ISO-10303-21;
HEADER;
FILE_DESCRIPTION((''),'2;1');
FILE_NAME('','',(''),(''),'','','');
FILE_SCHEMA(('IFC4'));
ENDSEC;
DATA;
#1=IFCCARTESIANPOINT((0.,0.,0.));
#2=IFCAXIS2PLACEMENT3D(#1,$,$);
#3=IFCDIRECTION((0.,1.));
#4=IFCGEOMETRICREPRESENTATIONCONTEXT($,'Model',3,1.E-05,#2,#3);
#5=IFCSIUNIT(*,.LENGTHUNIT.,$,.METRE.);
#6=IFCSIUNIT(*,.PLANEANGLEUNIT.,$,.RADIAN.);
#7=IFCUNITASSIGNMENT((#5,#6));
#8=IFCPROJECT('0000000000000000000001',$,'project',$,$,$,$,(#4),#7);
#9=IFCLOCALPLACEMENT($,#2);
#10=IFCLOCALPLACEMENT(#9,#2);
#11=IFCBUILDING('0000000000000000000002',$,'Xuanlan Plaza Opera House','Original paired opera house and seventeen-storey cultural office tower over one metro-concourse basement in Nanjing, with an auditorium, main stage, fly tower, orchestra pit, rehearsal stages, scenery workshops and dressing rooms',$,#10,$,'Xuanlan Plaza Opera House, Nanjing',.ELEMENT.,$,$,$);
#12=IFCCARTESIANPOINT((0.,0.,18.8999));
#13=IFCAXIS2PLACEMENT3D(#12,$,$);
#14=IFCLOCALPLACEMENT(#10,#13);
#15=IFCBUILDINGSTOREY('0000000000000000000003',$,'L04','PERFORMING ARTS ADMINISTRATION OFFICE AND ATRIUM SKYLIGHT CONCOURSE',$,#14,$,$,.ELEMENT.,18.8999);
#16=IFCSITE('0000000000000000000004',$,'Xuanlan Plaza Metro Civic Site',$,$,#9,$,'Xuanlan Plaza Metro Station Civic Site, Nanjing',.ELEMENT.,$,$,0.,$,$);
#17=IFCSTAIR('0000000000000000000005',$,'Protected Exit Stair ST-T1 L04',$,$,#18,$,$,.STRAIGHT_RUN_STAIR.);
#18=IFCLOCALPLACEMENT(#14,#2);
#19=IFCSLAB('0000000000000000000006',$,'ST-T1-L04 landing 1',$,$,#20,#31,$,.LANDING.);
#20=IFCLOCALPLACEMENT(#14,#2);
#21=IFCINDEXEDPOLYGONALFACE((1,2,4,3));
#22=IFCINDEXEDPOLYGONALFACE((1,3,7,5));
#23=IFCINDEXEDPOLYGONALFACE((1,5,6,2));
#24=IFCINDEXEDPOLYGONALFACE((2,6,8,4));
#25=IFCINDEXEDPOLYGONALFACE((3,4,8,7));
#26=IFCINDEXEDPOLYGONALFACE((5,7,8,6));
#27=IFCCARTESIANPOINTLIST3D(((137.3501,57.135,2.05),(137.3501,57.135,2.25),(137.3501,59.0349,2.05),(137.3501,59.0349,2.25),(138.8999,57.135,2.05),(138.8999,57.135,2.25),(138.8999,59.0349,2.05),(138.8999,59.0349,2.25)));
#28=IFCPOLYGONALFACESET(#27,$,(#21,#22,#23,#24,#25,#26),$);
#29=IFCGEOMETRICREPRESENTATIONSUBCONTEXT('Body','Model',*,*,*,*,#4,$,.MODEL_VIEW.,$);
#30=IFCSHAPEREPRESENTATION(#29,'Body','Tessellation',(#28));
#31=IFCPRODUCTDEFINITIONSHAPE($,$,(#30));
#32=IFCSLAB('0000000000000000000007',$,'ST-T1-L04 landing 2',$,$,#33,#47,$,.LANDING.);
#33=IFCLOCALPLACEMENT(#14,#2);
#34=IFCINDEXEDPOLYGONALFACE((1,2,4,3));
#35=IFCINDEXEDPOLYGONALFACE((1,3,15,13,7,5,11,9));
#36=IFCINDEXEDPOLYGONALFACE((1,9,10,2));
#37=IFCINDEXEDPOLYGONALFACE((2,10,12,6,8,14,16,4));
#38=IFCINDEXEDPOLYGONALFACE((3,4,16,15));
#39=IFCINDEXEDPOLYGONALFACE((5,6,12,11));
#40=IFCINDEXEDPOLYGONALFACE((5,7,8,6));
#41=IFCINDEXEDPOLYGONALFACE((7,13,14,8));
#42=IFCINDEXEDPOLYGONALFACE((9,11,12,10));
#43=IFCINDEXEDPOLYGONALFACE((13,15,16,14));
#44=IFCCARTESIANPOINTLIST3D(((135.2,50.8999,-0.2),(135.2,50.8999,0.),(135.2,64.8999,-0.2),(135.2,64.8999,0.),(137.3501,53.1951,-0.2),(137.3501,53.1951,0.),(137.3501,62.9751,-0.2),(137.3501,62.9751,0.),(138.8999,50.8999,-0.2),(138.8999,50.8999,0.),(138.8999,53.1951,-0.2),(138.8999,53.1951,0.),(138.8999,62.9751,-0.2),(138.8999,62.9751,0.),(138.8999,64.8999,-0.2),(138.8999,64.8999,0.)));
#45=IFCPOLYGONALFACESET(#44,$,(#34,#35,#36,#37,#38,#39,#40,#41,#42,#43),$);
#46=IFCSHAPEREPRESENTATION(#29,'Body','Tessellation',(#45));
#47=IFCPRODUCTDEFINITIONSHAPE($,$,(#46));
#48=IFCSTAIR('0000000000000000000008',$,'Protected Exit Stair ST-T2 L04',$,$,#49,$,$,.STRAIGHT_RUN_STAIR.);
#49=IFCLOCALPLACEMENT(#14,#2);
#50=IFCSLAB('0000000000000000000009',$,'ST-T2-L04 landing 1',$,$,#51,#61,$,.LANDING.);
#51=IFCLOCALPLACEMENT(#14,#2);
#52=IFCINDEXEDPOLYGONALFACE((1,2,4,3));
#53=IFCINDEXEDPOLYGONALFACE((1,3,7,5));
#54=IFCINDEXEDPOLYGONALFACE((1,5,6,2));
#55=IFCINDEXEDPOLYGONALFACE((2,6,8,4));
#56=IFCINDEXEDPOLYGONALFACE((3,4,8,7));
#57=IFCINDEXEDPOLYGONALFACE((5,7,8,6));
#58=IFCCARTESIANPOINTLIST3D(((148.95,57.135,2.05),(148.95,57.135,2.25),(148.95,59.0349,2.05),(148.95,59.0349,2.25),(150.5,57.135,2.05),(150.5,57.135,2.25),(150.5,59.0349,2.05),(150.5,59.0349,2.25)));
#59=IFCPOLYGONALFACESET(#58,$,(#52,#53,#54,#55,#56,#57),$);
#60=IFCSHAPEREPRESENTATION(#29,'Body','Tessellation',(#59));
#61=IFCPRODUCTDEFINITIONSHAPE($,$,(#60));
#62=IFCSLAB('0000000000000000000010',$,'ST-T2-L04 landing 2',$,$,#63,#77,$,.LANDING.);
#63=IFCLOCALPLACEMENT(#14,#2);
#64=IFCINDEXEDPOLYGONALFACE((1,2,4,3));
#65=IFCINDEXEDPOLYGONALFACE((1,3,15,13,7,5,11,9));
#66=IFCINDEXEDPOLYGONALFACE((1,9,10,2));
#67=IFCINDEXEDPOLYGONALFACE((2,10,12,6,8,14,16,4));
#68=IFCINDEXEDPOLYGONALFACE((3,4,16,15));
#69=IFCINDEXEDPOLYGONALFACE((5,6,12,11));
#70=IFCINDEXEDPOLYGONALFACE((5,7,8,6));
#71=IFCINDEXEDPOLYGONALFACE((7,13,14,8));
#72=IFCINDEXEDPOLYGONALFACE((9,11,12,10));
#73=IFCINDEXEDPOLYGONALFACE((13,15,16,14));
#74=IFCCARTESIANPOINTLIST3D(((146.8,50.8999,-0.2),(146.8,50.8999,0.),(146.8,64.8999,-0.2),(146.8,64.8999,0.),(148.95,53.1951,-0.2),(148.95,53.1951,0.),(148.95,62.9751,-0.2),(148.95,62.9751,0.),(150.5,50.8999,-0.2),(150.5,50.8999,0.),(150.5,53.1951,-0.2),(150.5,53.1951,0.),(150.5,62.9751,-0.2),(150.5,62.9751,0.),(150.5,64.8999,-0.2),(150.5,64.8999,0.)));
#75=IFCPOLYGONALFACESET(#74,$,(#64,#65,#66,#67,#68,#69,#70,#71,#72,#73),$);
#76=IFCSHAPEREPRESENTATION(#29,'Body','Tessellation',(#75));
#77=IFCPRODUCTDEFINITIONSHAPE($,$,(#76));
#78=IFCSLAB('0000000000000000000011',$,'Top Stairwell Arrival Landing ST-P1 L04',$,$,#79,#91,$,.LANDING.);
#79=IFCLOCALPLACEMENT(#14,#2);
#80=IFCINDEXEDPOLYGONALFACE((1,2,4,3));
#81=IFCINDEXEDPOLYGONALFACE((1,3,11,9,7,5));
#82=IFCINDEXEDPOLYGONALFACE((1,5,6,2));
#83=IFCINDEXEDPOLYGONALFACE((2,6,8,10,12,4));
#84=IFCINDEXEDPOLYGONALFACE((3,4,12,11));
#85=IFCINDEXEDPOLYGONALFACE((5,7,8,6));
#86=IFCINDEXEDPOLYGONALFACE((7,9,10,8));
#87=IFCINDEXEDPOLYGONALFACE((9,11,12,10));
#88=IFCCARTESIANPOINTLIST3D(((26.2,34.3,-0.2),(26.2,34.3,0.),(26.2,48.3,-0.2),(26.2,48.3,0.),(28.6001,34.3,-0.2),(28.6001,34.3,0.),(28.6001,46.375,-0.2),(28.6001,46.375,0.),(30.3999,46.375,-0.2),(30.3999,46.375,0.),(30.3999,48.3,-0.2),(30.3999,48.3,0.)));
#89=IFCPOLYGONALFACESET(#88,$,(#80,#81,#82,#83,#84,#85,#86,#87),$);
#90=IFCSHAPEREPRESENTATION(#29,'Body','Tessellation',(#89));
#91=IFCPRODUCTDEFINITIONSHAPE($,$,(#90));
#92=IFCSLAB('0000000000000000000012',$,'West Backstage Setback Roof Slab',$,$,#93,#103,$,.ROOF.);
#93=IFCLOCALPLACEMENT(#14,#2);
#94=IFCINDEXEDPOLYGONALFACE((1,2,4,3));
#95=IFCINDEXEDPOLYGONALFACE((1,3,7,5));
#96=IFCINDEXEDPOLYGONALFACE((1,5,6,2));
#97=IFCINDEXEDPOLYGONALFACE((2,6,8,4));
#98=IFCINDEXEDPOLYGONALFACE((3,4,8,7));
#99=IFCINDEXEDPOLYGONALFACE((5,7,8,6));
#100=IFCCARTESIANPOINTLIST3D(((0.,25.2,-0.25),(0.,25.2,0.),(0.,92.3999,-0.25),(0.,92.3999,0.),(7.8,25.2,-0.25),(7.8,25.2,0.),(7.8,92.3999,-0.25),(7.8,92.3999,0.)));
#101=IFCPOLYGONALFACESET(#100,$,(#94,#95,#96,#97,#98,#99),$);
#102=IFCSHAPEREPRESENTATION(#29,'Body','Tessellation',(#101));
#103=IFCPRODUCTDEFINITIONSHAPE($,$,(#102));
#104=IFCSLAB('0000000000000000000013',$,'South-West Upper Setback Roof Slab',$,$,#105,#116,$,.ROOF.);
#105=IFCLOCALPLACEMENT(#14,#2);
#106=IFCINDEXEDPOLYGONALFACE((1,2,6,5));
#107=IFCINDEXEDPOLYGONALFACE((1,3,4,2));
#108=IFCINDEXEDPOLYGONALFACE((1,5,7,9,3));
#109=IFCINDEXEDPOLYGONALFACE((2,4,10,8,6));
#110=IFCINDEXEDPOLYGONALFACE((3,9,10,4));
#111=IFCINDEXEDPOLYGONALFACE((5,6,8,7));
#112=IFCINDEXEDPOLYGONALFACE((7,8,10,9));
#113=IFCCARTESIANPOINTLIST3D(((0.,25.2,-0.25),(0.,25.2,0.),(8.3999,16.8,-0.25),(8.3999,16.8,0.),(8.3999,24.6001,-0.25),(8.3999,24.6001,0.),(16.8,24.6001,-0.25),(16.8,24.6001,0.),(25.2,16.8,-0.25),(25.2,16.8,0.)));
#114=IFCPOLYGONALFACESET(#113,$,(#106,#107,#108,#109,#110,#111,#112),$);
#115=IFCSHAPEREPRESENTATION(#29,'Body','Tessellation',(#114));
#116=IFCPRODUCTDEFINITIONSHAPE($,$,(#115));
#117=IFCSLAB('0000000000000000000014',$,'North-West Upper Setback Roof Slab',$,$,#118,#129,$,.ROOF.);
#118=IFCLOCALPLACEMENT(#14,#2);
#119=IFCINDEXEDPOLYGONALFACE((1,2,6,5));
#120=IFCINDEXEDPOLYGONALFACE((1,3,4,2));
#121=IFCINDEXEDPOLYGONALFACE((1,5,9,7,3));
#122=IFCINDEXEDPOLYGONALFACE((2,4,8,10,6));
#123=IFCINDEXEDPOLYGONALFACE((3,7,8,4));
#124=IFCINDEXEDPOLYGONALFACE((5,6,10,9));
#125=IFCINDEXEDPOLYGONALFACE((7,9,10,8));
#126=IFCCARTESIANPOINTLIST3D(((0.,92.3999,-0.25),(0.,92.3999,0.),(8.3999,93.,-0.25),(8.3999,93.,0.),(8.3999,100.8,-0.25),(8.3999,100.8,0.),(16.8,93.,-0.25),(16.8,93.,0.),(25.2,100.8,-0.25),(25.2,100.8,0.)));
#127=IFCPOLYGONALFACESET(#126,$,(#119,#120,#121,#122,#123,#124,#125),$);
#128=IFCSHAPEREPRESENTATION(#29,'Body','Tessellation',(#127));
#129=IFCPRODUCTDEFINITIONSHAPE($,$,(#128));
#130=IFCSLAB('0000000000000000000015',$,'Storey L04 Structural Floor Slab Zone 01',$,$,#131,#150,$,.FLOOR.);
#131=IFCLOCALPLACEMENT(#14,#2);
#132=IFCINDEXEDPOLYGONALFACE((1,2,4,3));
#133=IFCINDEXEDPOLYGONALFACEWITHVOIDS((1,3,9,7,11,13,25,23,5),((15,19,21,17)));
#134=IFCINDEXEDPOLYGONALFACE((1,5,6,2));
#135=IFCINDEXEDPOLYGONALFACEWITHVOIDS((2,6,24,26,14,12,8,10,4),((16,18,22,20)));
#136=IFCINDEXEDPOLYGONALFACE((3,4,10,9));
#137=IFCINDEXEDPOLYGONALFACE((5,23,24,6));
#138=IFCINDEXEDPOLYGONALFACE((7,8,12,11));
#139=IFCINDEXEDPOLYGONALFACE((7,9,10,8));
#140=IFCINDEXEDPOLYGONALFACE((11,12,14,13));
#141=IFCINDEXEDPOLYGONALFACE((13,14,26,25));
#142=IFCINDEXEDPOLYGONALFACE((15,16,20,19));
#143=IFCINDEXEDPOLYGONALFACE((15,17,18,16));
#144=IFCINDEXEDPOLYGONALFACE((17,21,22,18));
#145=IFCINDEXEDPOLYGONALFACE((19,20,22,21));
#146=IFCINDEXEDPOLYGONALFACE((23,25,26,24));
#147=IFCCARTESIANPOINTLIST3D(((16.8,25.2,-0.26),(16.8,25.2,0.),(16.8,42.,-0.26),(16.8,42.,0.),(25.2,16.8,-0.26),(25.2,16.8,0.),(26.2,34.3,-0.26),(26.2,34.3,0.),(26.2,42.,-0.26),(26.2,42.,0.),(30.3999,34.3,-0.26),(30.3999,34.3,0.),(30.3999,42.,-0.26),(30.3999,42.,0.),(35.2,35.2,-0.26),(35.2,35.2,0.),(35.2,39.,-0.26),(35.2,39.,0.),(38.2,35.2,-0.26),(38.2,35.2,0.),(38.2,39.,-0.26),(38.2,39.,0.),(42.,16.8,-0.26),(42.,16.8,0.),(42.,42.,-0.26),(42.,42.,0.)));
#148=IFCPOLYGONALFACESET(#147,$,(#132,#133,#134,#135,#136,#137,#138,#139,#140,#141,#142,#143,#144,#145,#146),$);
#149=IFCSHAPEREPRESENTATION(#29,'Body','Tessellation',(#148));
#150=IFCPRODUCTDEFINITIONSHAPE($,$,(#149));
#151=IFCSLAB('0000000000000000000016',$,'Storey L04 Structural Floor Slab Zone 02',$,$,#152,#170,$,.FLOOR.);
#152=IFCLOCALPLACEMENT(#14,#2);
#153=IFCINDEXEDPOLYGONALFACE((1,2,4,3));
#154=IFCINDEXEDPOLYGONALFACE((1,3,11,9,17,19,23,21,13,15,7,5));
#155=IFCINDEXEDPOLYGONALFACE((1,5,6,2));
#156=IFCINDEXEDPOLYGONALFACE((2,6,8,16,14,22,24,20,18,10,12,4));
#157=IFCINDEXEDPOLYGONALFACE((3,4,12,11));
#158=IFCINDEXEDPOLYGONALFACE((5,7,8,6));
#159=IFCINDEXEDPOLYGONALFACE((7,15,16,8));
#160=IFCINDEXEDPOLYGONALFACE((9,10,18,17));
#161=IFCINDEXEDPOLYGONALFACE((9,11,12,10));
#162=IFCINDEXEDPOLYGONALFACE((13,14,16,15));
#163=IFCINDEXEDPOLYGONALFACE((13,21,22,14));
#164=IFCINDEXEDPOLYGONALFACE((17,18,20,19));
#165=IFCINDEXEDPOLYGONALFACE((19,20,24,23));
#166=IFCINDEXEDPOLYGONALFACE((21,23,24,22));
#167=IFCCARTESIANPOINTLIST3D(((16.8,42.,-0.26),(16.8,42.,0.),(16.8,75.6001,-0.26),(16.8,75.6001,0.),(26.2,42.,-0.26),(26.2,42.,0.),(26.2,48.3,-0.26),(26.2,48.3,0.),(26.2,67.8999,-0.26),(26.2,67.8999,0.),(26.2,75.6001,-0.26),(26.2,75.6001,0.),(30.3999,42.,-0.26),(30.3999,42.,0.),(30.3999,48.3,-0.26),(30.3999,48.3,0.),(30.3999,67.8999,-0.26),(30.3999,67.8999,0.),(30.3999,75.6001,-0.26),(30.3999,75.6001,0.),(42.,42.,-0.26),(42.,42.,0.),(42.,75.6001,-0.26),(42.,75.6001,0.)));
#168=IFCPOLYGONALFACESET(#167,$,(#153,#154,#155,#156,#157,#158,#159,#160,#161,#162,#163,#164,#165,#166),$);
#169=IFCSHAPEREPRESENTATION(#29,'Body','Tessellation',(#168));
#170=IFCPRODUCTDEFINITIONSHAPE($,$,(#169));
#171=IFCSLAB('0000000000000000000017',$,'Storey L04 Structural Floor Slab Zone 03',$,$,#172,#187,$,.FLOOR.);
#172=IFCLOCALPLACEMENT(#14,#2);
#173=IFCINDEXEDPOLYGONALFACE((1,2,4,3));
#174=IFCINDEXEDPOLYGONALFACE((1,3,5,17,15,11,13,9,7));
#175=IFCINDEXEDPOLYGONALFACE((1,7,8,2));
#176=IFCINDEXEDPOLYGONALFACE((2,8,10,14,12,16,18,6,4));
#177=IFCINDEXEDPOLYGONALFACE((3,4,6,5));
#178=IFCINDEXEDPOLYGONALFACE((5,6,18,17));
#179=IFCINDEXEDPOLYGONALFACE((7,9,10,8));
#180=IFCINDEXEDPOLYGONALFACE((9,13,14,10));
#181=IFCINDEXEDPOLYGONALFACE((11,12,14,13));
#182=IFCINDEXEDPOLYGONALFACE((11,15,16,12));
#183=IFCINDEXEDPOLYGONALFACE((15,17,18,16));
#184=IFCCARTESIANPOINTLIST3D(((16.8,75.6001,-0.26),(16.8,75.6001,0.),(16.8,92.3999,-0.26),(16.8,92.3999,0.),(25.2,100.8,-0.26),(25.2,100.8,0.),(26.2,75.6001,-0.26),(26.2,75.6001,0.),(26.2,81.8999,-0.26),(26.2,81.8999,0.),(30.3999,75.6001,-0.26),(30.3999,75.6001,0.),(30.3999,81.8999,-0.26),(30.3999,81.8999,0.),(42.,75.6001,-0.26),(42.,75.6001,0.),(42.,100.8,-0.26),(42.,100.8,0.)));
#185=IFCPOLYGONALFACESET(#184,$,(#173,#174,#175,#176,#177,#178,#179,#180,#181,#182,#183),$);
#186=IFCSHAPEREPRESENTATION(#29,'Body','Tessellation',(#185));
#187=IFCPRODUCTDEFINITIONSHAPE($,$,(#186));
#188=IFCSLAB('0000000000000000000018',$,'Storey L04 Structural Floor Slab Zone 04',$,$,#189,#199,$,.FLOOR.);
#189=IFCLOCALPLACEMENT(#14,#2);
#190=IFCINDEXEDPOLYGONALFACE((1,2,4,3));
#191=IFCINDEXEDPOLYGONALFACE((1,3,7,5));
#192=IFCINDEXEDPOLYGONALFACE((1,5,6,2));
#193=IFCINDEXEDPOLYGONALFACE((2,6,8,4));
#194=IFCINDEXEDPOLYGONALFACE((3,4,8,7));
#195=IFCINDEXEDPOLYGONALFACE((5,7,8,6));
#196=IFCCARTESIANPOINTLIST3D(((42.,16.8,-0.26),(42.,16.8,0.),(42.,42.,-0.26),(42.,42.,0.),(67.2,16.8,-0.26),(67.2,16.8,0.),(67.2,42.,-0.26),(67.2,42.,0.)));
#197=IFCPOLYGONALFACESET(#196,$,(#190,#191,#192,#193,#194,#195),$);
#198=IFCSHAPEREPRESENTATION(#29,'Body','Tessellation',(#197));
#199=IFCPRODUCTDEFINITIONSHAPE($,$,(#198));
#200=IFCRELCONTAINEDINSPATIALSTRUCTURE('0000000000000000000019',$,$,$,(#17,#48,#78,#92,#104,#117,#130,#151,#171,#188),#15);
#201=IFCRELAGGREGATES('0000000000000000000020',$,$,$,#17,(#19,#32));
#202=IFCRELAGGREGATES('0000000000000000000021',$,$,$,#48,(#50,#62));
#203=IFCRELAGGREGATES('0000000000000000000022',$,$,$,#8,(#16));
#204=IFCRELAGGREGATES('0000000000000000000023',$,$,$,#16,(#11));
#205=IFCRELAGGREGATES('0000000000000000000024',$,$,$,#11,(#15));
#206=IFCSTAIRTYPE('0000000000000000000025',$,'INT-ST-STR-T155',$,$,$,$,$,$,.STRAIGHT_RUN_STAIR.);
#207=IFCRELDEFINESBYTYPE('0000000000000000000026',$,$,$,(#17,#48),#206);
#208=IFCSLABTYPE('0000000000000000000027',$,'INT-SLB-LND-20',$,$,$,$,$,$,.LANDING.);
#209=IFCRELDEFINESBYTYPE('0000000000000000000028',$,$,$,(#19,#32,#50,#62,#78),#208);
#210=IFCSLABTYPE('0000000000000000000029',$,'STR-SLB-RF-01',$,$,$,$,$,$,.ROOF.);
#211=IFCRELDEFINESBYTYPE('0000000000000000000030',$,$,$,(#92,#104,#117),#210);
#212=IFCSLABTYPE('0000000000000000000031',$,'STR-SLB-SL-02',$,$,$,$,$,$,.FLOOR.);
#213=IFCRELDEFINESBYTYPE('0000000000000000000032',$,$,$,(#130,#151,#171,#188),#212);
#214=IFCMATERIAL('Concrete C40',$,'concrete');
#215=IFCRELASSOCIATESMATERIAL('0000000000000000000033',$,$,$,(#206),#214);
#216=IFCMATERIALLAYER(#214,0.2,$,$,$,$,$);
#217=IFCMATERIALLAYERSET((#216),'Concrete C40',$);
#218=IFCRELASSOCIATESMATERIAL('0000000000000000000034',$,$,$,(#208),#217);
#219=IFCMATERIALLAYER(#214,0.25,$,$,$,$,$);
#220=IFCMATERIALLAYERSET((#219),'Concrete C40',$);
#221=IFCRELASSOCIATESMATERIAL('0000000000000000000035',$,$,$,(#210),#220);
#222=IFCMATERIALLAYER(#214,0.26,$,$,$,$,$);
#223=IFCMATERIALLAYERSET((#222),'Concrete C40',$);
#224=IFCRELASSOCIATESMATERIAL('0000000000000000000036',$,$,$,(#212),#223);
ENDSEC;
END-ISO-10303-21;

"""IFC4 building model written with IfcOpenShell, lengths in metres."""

from ifc_helpers import new_model, si_unit, direction, frame, origin, place, context, subcontext, project, spatial, polyline, outline, extrude, material, layer, layer_set, type_object, element, aggregate, save


model = new_model("IFC4")

# Units and contexts
model_context = context("Model", 3, precision=1e-05, world=origin(), true_north=direction((0.0, 1.0)))
body_context = subcontext(model_context, "Body", "Model", "MODEL_VIEW")
ifc_project = project(units=[si_unit("LENGTHUNIT", "METRE"), si_unit("PLANEANGLEUNIT", "RADIAN")], contexts=[model_context])

# Site, building, storey
site_placement = place(None, origin())
site = spatial("IfcSite", under=ifc_project, at=site_placement, Name="Xuanlan Plaza Metro Civic Site", LongName="Xuanlan Plaza Metro Station Civic Site, Nanjing", CompositionType="ELEMENT", RefElevation=0.0)
building_placement = place(site_placement, origin())
building = spatial("IfcBuilding", under=site, at=building_placement, Name="Xuanlan Plaza Opera House", Description="Original paired opera house and seventeen-storey cultural office tower over one metro-concourse basement in Nanjing, with an auditorium, main stage, fly tower, orchestra pit, rehearsal stages, scenery workshops and dressing rooms", LongName="Xuanlan Plaza Opera House, Nanjing", CompositionType="ELEMENT")
storey_placement = place(building_placement, frame((0.0, 0.0, 18.8999)))
storey = spatial("IfcBuildingStorey", under=building, at=storey_placement, Name="L04", Description="PERFORMING ARTS ADMINISTRATION OFFICE AND ATRIUM SKYLIGHT CONCOURSE", CompositionType="ELEMENT", Elevation=18.8999)

# Stairs, slabs
ifc_material = material(Name="Concrete C40", Category="concrete")
stair_type = type_object("IfcStairType", Name="INT-ST-STR-T155", PredefinedType="STRAIGHT_RUN_STAIR", material=ifc_material)
stair_1_placement = place(storey_placement, origin())
stair_1 = element("IfcStair", 1, at=stair_1_placement, inside=storey, type_object=stair_type, Name="Protected Exit Stair ST-T1 L04", PredefinedType="STRAIGHT_RUN_STAIR")
ifc_layer_1 = layer(ifc_material, 0.2)
ifc_layer_set_1 = layer_set([ifc_layer_1], Name="Concrete C40")
slab_type_1 = type_object("IfcSlabType", Name="INT-SLB-LND-20", PredefinedType="LANDING", material=ifc_layer_set_1)
slab_1_placement = place(storey_placement, frame((0.0, 0.0, 2.05)))
slab_1 = element("IfcSlab", 2, at=slab_1_placement, type_object=slab_type_1, Name="ST-T1-L04 landing 1", PredefinedType="LANDING", context=body_context, shape_type="SweptSolid", body=[
    extrude(outline(polyline([(137.3501, 57.135), (138.8999, 57.135), (138.8999, 59.0349), (137.3501, 59.0349), (137.3501, 57.135)])), origin(), (0.0, 0.0, 1.0), 0.2),
])
slab_2_placement = place(storey_placement, frame((0.0, 0.0, -0.2)))
slab_2 = element("IfcSlab", 3, at=slab_2_placement, type_object=slab_type_1, Name="ST-T1-L04 landing 2", PredefinedType="LANDING", context=body_context, shape_type="SweptSolid", body=[
    extrude(outline(polyline([(135.2, 50.8999), (138.8999, 50.8999), (138.8999, 53.1951), (137.3501, 53.1951), (137.3501, 62.9751), (138.8999, 62.9751), (138.8999, 64.8999), (135.2, 64.8999), (135.2, 50.8999)])), origin(), (0.0, 0.0, 1.0), 0.2),
])
aggregate(stair_1, [slab_1, slab_2])
stair_2_placement = place(storey_placement, origin())
stair_2 = element("IfcStair", 4, at=stair_2_placement, inside=storey, type_object=stair_type, Name="Protected Exit Stair ST-T2 L04", PredefinedType="STRAIGHT_RUN_STAIR")
slab_3_placement = place(storey_placement, frame((0.0, 0.0, 2.05)))
slab_3 = element("IfcSlab", 5, at=slab_3_placement, type_object=slab_type_1, Name="ST-T2-L04 landing 1", PredefinedType="LANDING", context=body_context, shape_type="SweptSolid", body=[
    extrude(outline(polyline([(148.95, 57.135), (150.5, 57.135), (150.5, 59.0349), (148.95, 59.0349), (148.95, 57.135)])), origin(), (0.0, 0.0, 1.0), 0.2),
])
slab_4_placement = place(storey_placement, frame((0.0, 0.0, -0.2)))
slab_4 = element("IfcSlab", 6, at=slab_4_placement, type_object=slab_type_1, Name="ST-T2-L04 landing 2", PredefinedType="LANDING", context=body_context, shape_type="SweptSolid", body=[
    extrude(outline(polyline([(146.8, 50.8999), (150.5, 50.8999), (150.5, 53.1951), (148.95, 53.1951), (148.95, 62.9751), (150.5, 62.9751), (150.5, 64.8999), (146.8, 64.8999), (146.8, 50.8999)])), origin(), (0.0, 0.0, 1.0), 0.2),
])
aggregate(stair_2, [slab_3, slab_4])

# Slabs
slab_5_placement = place(storey_placement, frame((0.0, 0.0, -0.2)))
element("IfcSlab", 7, at=slab_5_placement, inside=storey, type_object=slab_type_1, Name="Top Stairwell Arrival Landing ST-P1 L04", PredefinedType="LANDING", context=body_context, shape_type="SweptSolid", body=[
    extrude(outline(polyline([(26.2, 34.3), (28.6001, 34.3), (28.6001, 46.375), (30.3999, 46.375), (30.3999, 48.3), (26.2, 48.3), (26.2, 34.3)])), origin(), (0.0, 0.0, 1.0), 0.2),
])
ifc_layer_2 = layer(ifc_material, 0.25)
ifc_layer_set_2 = layer_set([ifc_layer_2], Name="Concrete C40")
slab_type_2 = type_object("IfcSlabType", Name="STR-SLB-RF-01", PredefinedType="ROOF", material=ifc_layer_set_2)
slab_6_placement = place(storey_placement, frame((0.0, 0.0, -0.25)))
element("IfcSlab", 8, at=slab_6_placement, inside=storey, type_object=slab_type_2, Name="West Backstage Setback Roof Slab", PredefinedType="ROOF", context=body_context, shape_type="SweptSolid", body=[
    extrude(outline(polyline([(0.0, 25.2), (7.8, 25.2), (7.8, 92.3999), (0.0, 92.3999), (0.0, 25.2)])), origin(), (0.0, 0.0, 1.0), 0.25),
])
slab_7_placement = place(storey_placement, frame((0.0, 0.0, -0.25)))
element("IfcSlab", 9, at=slab_7_placement, inside=storey, type_object=slab_type_2, Name="South-West Upper Setback Roof Slab", PredefinedType="ROOF", context=body_context, shape_type="SweptSolid", body=[
    extrude(outline(polyline([(0.0, 25.2), (8.3999, 16.8), (25.2, 16.8), (16.8, 24.6001), (8.3999, 24.6001), (0.0, 25.2)])), origin(), (0.0, 0.0, 1.0), 0.25),
])
slab_8_placement = place(storey_placement, frame((0.0, 0.0, -0.25)))
element("IfcSlab", 10, at=slab_8_placement, inside=storey, type_object=slab_type_2, Name="North-West Upper Setback Roof Slab", PredefinedType="ROOF", context=body_context, shape_type="SweptSolid", body=[
    extrude(outline(polyline([(0.0, 92.3999), (8.3999, 93.0), (16.8, 93.0), (25.2, 100.8), (8.3999, 100.8), (0.0, 92.3999)])), origin(), (0.0, 0.0, 1.0), 0.25),
])
ifc_layer_3 = layer(ifc_material, 0.26)
ifc_layer_set_3 = layer_set([ifc_layer_3], Name="Concrete C40")
slab_type_3 = type_object("IfcSlabType", Name="STR-SLB-SL-02", PredefinedType="FLOOR", material=ifc_layer_set_3)
slab_9_placement = place(storey_placement, frame((0.0, 0.0, -0.26)))
element("IfcSlab", 11, at=slab_9_placement, inside=storey, type_object=slab_type_3, Name="Storey L04 Structural Floor Slab Zone 01", PredefinedType="FLOOR", context=body_context, shape_type="SweptSolid", body=[
    extrude(outline(polyline([(25.2, 16.8), (16.8, 25.2), (16.8, 42.0), (26.2, 42.0), (26.2, 34.3), (30.3999, 34.3), (30.3999, 42.0), (42.0, 42.0), (42.0, 16.8), (25.2, 16.8)]), holes=[polyline([(35.2, 35.2), (38.2, 35.2), (38.2, 39.0), (35.2, 39.0), (35.2, 35.2)])]), origin(), (0.0, 0.0, 1.0), 0.26),
])
slab_10_placement = place(storey_placement, frame((0.0, 0.0, -0.26)))
element("IfcSlab", 12, at=slab_10_placement, inside=storey, type_object=slab_type_3, Name="Storey L04 Structural Floor Slab Zone 02", PredefinedType="FLOOR", context=body_context, shape_type="SweptSolid", body=[
    extrude(outline(polyline([(16.8, 75.6001), (26.2, 75.6001), (26.2, 67.8999), (30.3999, 67.8999), (30.3999, 75.6001), (42.0, 75.6001), (42.0, 42.0), (30.3999, 42.0), (30.3999, 48.3), (26.2, 48.3), (26.2, 42.0), (16.8, 42.0), (16.8, 75.6001)])), origin(), (0.0, 0.0, 1.0), 0.26),
])
slab_11_placement = place(storey_placement, frame((0.0, 0.0, -0.26)))
element("IfcSlab", 13, at=slab_11_placement, inside=storey, type_object=slab_type_3, Name="Storey L04 Structural Floor Slab Zone 03", PredefinedType="FLOOR", context=body_context, shape_type="SweptSolid", body=[
    extrude(outline(polyline([(16.8, 92.3999), (25.2, 100.8), (42.0, 100.8), (42.0, 75.6001), (30.3999, 75.6001), (30.3999, 81.8999), (26.2, 81.8999), (26.2, 75.6001), (16.8, 75.6001), (16.8, 92.3999)])), origin(), (0.0, 0.0, 1.0), 0.26),
])
slab_12_placement = place(storey_placement, frame((0.0, 0.0, -0.26)))
element("IfcSlab", 14, at=slab_12_placement, inside=storey, type_object=slab_type_3, Name="Storey L04 Structural Floor Slab Zone 04", PredefinedType="FLOOR", context=body_context, shape_type="SweptSolid", body=[
    extrude(outline(polyline([(42.0, 16.8), (42.0, 42.0), (67.2, 42.0), (67.2, 16.8), (42.0, 16.8)])), origin(), (0.0, 0.0, 1.0), 0.26),
])

save(model, "model.ifc")
